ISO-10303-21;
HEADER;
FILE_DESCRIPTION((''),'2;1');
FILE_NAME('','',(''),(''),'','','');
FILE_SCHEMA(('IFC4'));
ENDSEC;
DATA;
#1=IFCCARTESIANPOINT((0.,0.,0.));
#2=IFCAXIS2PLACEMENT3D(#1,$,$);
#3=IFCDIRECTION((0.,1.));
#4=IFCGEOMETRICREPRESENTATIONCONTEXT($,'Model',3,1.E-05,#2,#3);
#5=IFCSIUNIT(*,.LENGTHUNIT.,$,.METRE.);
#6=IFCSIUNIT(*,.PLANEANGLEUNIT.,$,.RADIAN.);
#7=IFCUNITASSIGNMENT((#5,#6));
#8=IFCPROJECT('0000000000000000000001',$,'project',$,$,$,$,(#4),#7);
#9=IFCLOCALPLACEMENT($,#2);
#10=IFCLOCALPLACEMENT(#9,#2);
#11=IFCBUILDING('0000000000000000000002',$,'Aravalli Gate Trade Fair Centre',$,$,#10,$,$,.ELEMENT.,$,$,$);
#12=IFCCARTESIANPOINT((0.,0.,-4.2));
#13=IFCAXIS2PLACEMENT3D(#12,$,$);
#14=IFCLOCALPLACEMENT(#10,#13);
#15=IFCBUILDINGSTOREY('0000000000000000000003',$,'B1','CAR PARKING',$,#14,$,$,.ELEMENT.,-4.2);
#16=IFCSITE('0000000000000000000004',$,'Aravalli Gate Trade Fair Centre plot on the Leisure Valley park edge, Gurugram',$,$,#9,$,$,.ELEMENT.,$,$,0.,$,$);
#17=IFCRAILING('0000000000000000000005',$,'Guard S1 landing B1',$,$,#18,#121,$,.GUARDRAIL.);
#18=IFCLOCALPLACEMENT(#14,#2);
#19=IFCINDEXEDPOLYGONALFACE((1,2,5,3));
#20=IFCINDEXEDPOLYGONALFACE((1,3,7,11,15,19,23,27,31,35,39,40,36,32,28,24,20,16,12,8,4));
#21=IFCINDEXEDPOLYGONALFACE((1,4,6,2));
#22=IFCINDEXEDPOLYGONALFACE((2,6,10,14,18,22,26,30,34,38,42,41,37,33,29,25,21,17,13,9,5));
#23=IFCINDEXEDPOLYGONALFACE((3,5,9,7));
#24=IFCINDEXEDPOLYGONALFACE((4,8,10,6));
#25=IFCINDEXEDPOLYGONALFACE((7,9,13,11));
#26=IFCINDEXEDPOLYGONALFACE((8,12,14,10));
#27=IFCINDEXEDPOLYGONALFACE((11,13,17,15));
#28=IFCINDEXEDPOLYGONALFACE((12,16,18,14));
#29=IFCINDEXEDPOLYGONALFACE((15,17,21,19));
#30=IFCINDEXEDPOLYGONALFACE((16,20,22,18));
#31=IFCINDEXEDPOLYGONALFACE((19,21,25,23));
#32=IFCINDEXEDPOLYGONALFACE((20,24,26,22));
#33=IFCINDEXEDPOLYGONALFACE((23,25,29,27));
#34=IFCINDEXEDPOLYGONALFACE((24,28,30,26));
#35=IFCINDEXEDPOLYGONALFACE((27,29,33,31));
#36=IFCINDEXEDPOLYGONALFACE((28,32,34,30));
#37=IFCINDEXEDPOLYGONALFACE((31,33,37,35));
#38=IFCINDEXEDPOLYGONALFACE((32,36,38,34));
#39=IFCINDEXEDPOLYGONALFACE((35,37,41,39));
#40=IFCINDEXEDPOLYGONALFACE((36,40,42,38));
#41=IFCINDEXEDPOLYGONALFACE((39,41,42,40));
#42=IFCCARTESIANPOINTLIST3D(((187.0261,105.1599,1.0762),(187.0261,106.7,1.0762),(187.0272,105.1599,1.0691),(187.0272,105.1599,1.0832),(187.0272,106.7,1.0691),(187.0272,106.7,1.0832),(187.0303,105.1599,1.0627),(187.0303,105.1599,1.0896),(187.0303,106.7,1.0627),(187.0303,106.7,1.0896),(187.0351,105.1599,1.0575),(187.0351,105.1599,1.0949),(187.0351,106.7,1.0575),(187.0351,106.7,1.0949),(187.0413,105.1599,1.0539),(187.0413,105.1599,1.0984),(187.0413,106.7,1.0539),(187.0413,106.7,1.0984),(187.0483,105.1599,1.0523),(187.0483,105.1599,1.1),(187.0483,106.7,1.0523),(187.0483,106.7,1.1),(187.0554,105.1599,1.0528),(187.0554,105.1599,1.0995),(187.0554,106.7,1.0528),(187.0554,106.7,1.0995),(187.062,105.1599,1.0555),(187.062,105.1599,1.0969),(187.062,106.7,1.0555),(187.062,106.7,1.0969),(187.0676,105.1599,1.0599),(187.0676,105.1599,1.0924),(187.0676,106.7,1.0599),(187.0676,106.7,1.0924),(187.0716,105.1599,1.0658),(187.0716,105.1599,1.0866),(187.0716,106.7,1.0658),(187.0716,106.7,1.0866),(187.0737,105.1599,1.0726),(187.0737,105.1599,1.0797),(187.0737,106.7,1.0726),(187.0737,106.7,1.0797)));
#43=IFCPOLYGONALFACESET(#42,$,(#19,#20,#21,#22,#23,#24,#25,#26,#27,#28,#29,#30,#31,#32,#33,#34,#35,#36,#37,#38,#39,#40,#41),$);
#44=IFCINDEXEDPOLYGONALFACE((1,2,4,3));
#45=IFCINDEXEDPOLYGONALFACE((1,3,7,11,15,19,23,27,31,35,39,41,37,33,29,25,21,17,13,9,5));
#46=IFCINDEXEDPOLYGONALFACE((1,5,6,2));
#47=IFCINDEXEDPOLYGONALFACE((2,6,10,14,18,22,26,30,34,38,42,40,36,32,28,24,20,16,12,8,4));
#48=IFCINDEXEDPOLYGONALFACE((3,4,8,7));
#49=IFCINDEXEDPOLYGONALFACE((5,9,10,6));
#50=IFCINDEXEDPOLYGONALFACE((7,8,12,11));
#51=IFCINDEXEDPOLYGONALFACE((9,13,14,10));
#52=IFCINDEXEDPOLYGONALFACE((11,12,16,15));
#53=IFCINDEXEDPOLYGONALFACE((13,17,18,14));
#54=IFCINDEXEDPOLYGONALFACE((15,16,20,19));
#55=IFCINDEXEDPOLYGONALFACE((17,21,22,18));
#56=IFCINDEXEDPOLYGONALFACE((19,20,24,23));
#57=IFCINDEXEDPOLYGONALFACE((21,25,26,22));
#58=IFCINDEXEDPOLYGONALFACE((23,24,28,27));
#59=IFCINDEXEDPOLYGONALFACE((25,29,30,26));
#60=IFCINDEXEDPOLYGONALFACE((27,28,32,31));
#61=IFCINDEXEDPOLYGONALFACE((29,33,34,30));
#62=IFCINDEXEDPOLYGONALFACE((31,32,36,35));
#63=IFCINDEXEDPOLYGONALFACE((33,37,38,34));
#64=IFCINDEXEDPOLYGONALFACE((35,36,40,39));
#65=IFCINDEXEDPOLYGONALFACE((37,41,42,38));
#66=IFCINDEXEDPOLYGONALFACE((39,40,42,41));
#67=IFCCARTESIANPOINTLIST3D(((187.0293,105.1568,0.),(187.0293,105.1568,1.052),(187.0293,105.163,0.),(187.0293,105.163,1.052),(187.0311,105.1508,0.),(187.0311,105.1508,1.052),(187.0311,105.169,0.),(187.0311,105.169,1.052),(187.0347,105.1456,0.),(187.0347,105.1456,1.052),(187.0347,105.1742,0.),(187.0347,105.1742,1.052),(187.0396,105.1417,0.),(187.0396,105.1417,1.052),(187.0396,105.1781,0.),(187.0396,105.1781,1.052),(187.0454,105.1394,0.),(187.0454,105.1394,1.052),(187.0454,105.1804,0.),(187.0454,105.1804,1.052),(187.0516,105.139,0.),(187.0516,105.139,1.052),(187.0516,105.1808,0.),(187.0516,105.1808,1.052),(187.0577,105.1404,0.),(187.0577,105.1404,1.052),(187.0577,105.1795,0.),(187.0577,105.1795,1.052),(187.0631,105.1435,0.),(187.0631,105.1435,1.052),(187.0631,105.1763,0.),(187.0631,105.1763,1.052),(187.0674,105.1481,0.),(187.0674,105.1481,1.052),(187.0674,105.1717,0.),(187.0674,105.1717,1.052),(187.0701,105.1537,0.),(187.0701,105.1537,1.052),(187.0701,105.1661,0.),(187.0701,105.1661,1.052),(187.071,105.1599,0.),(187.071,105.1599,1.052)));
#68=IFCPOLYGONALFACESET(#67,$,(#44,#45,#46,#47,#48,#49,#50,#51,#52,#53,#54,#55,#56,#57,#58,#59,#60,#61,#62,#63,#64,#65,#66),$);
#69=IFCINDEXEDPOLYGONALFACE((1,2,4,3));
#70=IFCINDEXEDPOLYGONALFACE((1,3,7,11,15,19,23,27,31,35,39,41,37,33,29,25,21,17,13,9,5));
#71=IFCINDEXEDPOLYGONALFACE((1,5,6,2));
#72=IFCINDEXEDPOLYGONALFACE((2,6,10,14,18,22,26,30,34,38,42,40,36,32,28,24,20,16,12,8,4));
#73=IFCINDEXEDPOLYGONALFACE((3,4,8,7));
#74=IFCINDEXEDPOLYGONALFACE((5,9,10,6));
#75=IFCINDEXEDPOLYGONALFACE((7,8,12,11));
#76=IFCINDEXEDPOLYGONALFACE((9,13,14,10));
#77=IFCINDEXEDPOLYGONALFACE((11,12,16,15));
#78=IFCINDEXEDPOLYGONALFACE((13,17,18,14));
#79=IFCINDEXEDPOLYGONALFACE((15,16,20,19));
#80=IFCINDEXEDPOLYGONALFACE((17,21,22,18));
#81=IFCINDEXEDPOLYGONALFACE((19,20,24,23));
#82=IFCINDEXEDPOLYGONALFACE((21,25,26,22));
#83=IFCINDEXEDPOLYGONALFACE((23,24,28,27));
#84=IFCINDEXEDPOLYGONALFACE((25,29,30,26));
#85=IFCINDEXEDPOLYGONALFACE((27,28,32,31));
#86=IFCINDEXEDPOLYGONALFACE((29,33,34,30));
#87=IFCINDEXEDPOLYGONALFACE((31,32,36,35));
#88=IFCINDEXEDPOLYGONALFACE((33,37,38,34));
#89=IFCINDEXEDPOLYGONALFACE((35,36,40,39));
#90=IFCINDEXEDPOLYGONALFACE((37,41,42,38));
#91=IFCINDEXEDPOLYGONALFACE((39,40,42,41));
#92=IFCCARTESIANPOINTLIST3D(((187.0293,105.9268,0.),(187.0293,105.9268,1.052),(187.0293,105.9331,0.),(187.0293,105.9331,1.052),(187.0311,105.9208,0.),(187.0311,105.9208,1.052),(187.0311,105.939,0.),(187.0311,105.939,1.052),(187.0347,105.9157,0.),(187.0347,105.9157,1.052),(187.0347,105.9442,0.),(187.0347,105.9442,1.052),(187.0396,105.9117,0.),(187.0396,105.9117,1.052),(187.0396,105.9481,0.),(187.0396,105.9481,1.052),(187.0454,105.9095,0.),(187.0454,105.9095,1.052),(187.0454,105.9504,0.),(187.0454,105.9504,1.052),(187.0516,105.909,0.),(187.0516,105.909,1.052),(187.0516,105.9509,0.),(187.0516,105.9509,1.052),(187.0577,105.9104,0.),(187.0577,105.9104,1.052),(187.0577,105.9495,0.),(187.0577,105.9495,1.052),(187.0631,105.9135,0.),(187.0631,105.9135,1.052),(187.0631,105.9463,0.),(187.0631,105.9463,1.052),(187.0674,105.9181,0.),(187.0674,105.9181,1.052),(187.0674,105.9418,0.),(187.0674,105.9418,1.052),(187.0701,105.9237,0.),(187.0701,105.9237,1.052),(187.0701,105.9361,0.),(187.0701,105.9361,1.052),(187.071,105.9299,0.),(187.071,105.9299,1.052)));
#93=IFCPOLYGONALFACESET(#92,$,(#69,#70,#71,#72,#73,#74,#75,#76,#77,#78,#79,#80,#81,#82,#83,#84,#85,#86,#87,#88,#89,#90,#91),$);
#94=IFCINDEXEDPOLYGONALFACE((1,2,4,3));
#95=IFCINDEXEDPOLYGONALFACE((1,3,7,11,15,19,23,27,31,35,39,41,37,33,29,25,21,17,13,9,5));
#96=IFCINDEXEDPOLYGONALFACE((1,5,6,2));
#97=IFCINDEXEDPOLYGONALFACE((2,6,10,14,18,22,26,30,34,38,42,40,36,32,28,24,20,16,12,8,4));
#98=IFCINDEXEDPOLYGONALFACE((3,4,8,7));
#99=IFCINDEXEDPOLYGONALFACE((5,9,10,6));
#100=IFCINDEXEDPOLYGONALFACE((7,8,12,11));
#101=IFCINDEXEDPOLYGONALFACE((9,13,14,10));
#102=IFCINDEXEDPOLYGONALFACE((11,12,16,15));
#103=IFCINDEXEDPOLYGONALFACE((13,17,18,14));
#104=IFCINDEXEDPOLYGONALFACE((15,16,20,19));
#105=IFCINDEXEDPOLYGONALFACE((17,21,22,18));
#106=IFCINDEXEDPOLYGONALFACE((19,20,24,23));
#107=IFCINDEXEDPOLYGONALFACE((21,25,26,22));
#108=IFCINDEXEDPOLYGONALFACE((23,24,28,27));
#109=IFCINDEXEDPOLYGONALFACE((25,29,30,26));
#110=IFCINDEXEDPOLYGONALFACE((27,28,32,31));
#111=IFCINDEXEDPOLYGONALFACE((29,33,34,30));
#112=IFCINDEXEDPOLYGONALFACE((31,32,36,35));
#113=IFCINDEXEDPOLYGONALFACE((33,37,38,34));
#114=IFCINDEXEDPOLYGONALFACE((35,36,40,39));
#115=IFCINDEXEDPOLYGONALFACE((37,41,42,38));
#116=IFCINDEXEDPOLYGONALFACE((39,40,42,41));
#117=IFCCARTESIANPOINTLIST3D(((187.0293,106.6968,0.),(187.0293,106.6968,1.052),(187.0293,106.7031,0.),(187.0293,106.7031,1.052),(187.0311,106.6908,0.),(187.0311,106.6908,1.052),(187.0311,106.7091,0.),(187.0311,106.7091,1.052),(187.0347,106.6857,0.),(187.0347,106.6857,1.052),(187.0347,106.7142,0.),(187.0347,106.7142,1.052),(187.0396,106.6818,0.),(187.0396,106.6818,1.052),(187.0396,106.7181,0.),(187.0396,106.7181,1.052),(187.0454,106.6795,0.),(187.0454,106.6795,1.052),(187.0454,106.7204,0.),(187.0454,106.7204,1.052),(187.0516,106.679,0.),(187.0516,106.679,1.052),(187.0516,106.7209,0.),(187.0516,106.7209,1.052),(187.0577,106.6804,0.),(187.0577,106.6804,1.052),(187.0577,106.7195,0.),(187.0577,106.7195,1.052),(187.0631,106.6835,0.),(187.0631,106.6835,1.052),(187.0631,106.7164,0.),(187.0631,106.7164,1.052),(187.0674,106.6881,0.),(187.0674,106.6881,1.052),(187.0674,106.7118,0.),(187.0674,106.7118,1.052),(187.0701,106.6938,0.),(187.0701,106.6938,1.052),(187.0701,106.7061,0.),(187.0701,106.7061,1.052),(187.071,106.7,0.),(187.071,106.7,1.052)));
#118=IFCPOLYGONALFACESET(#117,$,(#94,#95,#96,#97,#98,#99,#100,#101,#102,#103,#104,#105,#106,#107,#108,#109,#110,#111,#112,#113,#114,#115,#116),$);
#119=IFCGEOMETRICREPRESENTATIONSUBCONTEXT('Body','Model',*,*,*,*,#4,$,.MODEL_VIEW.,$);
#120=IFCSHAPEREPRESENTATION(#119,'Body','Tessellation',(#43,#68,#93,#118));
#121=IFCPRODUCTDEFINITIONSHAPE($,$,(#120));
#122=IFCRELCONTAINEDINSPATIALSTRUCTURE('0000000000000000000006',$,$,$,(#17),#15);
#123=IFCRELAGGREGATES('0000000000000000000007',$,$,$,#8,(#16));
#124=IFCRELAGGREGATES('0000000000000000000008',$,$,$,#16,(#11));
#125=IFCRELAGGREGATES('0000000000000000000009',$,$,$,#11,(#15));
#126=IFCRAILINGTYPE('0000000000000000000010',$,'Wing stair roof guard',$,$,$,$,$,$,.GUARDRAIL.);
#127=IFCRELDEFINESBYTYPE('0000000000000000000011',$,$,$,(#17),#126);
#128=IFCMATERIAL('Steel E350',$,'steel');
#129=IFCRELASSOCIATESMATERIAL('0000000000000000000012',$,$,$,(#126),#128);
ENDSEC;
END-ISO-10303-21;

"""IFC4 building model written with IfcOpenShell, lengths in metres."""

from ifc_helpers import new_model, si_unit, direction, frame, origin, origin_2d, place, context, subcontext, project, spatial, circle, extrude, material, type_object, element, save


model = new_model("IFC4")

# Units and contexts
model_context = context("Model", 3, precision=1e-05, world=origin(), true_north=direction((0.0, 1.0)))
body_context = subcontext(model_context, "Body", "Model", "MODEL_VIEW")
ifc_project = project(units=[si_unit("LENGTHUNIT", "METRE"), si_unit("PLANEANGLEUNIT", "RADIAN")], contexts=[model_context])

# Site, building, storey
site_placement = place(None, origin())
site = spatial("IfcSite", under=ifc_project, at=site_placement, Name="Aravalli Gate Trade Fair Centre plot on the Leisure Valley park edge, Gurugram", CompositionType="ELEMENT", RefElevation=0.0)
building_placement = place(site_placement, origin())
building = spatial("IfcBuilding", under=site, at=building_placement, Name="Aravalli Gate Trade Fair Centre", CompositionType="ELEMENT")
storey_placement = place(building_placement, frame((0.0, 0.0, -4.2)))
storey = spatial("IfcBuildingStorey", under=building, at=storey_placement, Name="B1", Description="CAR PARKING", CompositionType="ELEMENT", Elevation=-4.2)

# Shared definitions
ifc_material_1 = material(Name="Steel E350", Category="steel")

# Railing
railing_type_1 = type_object("IfcRailingType", Name="Wing stair roof guard", PredefinedType="GUARDRAIL", material=ifc_material_1)
railing_1_placement = place(storey_placement, frame((187.05, 105.1599, 0.0)))
element("IfcRailing", 1, at=railing_1_placement, inside=storey, type_object=railing_type_1, Name="Guard S1 landing B1", PredefinedType="GUARDRAIL", context=body_context, shape_type="SweptSolid", body=[
    extrude(circle(Radius=0.0239, at=origin_2d()), frame((0.0, 0.0, 1.0762), z_axis=(0.0, 1.0, 0.0), x_axis=(-1.0, 0.0, 0.0)), (0.0, 0.0, 1.0), 1.54),
    extrude(circle(Radius=0.021, at=origin_2d()), origin(), (0.0, 0.0, 1.0), 1.052),
    extrude(circle(Radius=0.021, at=origin_2d()), frame((0.0, 0.77, 0.0)), (0.0, 0.0, 1.0), 1.052),
    extrude(circle(Radius=0.021, at=origin_2d()), frame((0.0, 1.54, 0.0)), (0.0, 0.0, 1.0), 1.052),
])

save(model, "model.ifc")
